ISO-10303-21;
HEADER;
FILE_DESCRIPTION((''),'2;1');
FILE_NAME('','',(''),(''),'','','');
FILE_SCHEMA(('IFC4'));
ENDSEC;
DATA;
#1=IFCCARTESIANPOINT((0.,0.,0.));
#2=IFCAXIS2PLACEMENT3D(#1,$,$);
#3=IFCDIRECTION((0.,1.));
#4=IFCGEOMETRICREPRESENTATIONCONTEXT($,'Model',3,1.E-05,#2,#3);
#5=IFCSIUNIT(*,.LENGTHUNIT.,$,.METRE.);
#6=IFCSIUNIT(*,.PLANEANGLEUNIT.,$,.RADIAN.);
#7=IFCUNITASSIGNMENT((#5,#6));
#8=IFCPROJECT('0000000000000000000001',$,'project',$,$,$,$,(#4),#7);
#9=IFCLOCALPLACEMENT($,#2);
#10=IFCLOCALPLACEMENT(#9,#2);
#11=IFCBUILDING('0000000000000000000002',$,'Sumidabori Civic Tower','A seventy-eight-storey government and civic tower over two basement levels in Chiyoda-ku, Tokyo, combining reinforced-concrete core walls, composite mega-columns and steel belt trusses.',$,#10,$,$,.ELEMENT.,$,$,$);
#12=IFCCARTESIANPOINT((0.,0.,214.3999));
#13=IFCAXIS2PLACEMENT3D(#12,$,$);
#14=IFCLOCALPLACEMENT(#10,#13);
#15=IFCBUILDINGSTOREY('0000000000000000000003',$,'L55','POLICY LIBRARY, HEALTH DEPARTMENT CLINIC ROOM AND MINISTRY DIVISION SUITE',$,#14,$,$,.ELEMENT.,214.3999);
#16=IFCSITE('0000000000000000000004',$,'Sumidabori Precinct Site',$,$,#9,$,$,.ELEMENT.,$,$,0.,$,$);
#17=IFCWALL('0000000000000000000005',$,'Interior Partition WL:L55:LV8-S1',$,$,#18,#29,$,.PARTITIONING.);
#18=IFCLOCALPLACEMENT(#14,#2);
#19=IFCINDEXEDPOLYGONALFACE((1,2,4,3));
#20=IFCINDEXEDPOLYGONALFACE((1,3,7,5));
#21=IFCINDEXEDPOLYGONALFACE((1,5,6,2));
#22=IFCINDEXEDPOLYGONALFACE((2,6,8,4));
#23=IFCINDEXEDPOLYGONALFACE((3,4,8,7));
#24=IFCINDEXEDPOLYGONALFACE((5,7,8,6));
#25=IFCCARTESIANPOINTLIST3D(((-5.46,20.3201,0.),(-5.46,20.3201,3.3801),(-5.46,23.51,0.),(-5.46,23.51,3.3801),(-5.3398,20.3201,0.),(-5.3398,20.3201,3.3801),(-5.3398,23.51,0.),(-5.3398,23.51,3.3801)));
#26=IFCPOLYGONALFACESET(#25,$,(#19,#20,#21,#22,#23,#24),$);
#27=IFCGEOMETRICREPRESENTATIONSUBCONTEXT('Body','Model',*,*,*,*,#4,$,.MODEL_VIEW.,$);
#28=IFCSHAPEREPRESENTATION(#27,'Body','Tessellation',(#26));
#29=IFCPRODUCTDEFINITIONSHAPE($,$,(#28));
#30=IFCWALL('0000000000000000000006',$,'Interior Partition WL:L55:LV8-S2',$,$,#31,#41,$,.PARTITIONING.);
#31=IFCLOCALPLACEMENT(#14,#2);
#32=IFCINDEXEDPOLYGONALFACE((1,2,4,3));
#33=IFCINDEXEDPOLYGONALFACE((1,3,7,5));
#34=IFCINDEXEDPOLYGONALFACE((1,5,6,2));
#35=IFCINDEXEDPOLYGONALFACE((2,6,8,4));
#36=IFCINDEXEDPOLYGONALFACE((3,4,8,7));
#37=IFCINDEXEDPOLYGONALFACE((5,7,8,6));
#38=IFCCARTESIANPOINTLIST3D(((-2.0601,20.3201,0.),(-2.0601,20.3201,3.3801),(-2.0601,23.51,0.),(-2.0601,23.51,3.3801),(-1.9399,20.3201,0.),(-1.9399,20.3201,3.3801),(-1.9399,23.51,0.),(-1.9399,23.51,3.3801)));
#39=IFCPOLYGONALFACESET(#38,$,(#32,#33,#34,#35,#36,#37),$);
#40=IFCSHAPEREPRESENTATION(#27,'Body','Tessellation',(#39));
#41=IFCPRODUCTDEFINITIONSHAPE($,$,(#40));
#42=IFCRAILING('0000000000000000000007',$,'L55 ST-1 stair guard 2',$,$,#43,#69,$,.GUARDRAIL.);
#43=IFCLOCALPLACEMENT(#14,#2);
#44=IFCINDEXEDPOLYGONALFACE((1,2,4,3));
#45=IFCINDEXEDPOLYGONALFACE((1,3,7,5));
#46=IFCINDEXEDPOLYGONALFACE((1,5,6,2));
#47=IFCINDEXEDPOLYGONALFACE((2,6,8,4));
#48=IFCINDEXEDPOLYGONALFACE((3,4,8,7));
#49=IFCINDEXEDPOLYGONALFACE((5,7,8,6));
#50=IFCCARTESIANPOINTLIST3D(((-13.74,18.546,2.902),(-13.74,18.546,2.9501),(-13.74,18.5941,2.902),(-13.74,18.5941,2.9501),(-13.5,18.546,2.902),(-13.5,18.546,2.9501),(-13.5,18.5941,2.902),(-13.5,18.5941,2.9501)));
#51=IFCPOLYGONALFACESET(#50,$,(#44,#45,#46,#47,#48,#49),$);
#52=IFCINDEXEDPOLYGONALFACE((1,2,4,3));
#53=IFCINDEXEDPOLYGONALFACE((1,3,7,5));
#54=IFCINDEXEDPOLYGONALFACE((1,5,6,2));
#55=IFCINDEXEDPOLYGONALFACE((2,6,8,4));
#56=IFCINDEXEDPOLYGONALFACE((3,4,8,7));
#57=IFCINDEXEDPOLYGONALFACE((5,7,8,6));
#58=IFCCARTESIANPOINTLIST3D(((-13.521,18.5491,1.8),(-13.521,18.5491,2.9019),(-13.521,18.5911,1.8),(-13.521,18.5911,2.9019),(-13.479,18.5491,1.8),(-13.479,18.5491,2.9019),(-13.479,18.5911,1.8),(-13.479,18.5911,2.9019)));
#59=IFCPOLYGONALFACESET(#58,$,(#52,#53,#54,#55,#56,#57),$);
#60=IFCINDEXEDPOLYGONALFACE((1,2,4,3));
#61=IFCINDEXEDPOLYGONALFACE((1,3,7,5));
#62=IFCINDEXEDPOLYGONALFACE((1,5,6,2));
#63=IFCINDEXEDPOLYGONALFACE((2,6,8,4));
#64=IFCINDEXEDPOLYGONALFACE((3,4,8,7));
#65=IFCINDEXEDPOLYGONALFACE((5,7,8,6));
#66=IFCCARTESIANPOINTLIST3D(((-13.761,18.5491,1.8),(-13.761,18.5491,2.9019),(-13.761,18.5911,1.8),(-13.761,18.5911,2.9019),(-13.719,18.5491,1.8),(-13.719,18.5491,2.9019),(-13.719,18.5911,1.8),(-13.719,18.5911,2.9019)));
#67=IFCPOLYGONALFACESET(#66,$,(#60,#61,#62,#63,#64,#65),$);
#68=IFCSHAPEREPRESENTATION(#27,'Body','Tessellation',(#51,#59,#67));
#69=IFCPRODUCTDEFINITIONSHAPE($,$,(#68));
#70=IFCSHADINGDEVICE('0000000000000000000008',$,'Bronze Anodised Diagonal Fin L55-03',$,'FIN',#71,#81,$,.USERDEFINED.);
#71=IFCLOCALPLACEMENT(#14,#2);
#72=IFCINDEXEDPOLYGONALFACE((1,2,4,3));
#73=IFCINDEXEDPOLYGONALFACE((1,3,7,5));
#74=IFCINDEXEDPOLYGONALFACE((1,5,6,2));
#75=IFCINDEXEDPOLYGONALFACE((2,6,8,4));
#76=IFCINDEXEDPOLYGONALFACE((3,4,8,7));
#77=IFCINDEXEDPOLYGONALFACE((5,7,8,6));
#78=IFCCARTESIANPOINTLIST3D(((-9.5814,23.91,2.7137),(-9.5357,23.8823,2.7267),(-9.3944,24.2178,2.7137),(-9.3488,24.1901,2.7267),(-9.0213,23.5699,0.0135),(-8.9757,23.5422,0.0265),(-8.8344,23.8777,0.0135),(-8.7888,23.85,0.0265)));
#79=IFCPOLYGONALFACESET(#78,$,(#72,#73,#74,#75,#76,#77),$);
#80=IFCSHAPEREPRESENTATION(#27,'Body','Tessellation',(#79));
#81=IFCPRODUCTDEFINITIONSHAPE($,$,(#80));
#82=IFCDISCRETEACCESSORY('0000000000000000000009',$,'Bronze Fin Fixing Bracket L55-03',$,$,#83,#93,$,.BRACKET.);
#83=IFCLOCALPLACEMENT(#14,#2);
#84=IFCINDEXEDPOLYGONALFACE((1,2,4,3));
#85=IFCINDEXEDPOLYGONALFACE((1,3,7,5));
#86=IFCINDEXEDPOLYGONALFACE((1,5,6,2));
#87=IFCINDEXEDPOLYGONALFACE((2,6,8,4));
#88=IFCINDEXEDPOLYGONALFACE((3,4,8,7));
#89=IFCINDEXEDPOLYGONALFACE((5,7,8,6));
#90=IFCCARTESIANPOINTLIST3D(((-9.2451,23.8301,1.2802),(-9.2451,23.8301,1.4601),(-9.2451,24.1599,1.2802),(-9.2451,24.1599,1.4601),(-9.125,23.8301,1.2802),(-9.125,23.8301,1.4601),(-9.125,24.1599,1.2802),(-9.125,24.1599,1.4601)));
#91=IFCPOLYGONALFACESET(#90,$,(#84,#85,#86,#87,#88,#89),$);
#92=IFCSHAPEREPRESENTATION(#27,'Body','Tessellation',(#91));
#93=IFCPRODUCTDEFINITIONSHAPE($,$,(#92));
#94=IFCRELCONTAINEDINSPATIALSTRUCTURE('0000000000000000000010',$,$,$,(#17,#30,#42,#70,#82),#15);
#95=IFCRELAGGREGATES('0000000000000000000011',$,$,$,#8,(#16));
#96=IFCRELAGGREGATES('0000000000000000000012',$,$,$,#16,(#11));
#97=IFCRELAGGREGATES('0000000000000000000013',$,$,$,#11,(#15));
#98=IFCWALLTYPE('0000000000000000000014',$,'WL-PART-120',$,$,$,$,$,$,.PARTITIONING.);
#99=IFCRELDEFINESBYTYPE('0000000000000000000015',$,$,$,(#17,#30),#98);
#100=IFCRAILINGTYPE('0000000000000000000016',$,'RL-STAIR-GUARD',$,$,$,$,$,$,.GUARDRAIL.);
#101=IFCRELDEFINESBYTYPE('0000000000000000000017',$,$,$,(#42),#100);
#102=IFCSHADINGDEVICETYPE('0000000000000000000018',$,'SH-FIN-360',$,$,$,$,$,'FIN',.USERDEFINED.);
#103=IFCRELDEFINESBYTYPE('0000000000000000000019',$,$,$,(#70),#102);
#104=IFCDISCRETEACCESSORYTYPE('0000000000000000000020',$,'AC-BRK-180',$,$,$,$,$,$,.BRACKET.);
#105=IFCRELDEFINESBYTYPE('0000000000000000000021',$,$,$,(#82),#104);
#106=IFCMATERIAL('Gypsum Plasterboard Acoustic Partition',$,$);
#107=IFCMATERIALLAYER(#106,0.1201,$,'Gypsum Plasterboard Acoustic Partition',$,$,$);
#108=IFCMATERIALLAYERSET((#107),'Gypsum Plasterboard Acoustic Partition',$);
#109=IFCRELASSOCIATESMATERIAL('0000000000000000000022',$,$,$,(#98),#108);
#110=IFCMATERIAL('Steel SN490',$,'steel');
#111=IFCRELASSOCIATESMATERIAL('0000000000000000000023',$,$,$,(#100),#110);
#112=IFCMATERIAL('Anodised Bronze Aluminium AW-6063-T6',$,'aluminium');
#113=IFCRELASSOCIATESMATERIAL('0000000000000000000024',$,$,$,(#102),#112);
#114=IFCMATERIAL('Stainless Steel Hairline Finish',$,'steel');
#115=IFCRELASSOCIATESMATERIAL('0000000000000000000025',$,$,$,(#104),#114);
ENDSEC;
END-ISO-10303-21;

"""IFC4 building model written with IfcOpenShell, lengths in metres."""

from ifc_helpers import new_model, si_unit, direction, frame, frame_2d, origin, origin_2d, place, context, subcontext, project, spatial, rectangle, extrude, source, transform, mapped, material, layer, layer_set, material_profile, profile_set, type_object, element, save


model = new_model("IFC4")

# Units and contexts
model_context = context("Model", 3, precision=1e-05, world=origin(), true_north=direction((0.0, 1.0)))
body_context = subcontext(model_context, "Body", "Model", "MODEL_VIEW")
ifc_project = project(units=[si_unit("LENGTHUNIT", "METRE"), si_unit("PLANEANGLEUNIT", "RADIAN")], contexts=[model_context])

# Site, building, storey
site_placement = place(None, origin())
site = spatial("IfcSite", under=ifc_project, at=site_placement, Name="Sumidabori Precinct Site", CompositionType="ELEMENT", RefElevation=0.0)
building_placement = place(site_placement, origin())
building = spatial("IfcBuilding", under=site, at=building_placement, Name="Sumidabori Civic Tower", Description="A seventy-eight-storey government and civic tower over two basement levels in Chiyoda-ku, Tokyo, combining reinforced-concrete core walls, composite mega-columns and steel belt trusses.", CompositionType="ELEMENT")
storey_placement = place(building_placement, frame((0.0, 0.0, 214.3999)))
storey = spatial("IfcBuildingStorey", under=building, at=storey_placement, Name="L55", Description="POLICY LIBRARY, HEALTH DEPARTMENT CLINIC ROOM AND MINISTRY DIVISION SUITE", CompositionType="ELEMENT", Elevation=214.3999)

# Shared definitions
ifc_material_1 = material(Name="Anodised Bronze Aluminium AW-6063-T6", Category="aluminium")

# Shared definitions
ifc_material_2 = material(Name="Gypsum Plasterboard Acoustic Partition")

# Walls
ifc_layer_1 = layer(ifc_material_2, 0.1201, Name="Gypsum Plasterboard Acoustic Partition")
ifc_layer_set_1 = layer_set([ifc_layer_1], Name="Gypsum Plasterboard Acoustic Partition")
wall_type_1 = type_object("IfcWallType", Name="WL-PART-120", PredefinedType="PARTITIONING", material=ifc_layer_set_1)
shared_shape_1 = source(origin(), body_context, "Body", "SweptSolid", [
    extrude(rectangle(XDim=3.1899, YDim=0.1201, at=frame_2d((1.595, 0.0))), origin(), (0.0, 0.0, 1.0), 3.3801),
])
for number, where, z_axis, x_axis, name in (
    (1, (-5.3999, 20.3201, 0.0), (0.0, 0.0, 1.0), (0.0, 1.0, 0.0), "Interior Partition WL:L55:LV8-S1"),
    (2, (-2.0, 20.3201, 0.0), (0.0, 0.0, 1.0), (0.0, 1.0, 0.0), "Interior Partition WL:L55:LV8-S2"),
):
    element("IfcWall", number, at=place(storey_placement, frame(where, z_axis=z_axis, x_axis=x_axis)), inside=storey, type_object=wall_type_1, Name=name, PredefinedType="PARTITIONING", context=body_context, shape_type="MappedRepresentation", body=[
        mapped(shared_shape_1, transform((0.0, 0.0, 0.0), x_axis=(1.0, 0.0, 0.0), y_axis=(0.0, 1.0, 0.0), z_axis=(0.0, 0.0, 1.0), scale=1.0)),
    ])

# Railing
ifc_material_3 = material(Name="Steel SN490", Category="steel")
railing_type = type_object("IfcRailingType", Name="RL-STAIR-GUARD", PredefinedType="GUARDRAIL", material=ifc_material_3)
railing_placement = place(storey_placement, frame((-13.5, 18.5701, 1.8)))
element("IfcRailing", 3, at=railing_placement, inside=storey, type_object=railing_type, Name="L55 ST-1 stair guard 2", PredefinedType="GUARDRAIL", context=body_context, shape_type="SweptSolid", body=[
    extrude(rectangle(XDim=0.0481, YDim=0.0481, at=origin_2d()), frame((0.0, 0.0, 1.126), z_axis=(-1.0, 0.0, 0.0), x_axis=(0.0, -1.0, 0.0)), (0.0, 0.0, 1.0), 0.24),
    extrude(rectangle(XDim=0.042, YDim=0.042, at=origin_2d()), origin(), (0.0, 0.0, 1.0), 1.1018),
    extrude(rectangle(XDim=0.042, YDim=0.042, at=origin_2d()), frame((-0.24, 0.0, 0.0)), (0.0, 0.0, 1.0), 1.1018),
])

# Shading device
ifc_material_profile_1 = material_profile(ifc_material_1, rectangle(XDim=0.0549, YDim=0.3601, at=origin_2d()), Name="BRONZE FIN 360x55")
ifc_profile_set_1 = profile_set([ifc_material_profile_1], Name="Anodised Bronze Aluminium AW-6063-T6")
shading_device_type = type_object("IfcShadingDeviceType", Name="SH-FIN-360", ElementType="FIN", PredefinedType="USERDEFINED", material=ifc_profile_set_1)
shared_shape_2 = source(origin(), body_context, "Body", "SweptSolid", [
    extrude(rectangle(XDim=0.0549, YDim=0.3601, at=origin_2d()), origin(), (0.0, 0.0, 1.0), 2.7786),
])
shading_device_placement = place(storey_placement, frame((-8.905, 23.71, 0.02), z_axis=(-0.201565, 0.122397, 0.971798), x_axis=(0.830646, -0.504398, 0.235816)))
element("IfcShadingDevice", 4, at=shading_device_placement, inside=storey, type_object=shading_device_type, Name="Bronze Anodised Diagonal Fin L55-03", ObjectType="FIN", PredefinedType="USERDEFINED", context=body_context, shape_type="MappedRepresentation", body=[
    mapped(shared_shape_2, transform((0.0, 0.0, 0.0), x_axis=(1.0, 0.0, 0.0), y_axis=(0.0, 1.0, 0.0), z_axis=(0.0, 0.0, 1.0), scale=1.0)),
])

# Discrete accessory
ifc_material_4 = material(Name="Stainless Steel Hairline Finish", Category="steel")
ifc_material_profile_2 = material_profile(ifc_material_4, rectangle(XDim=0.1201, YDim=0.1799, at=origin_2d()), Name="STEEL BRACKET 180x120")
ifc_profile_set_2 = profile_set([ifc_material_profile_2], Name="Stainless Steel Hairline Finish")
discrete_accessory_type = type_object("IfcDiscreteAccessoryType", Name="AC-BRK-180", PredefinedType="BRACKET", material=ifc_profile_set_2)
shared_shape_3 = source(origin(), body_context, "Body", "SweptSolid", [
    extrude(rectangle(XDim=0.1201, YDim=0.1799, at=origin_2d()), origin(), (0.0, 0.0, 1.0), 0.3298),
])
discrete_accessory_placement = place(storey_placement, frame((-9.1851, 23.8301, 1.3701), z_axis=(0.0, 1.0, 0.0), x_axis=(-1.0, 0.0, 0.0)))
element("IfcDiscreteAccessory", 5, at=discrete_accessory_placement, inside=storey, type_object=discrete_accessory_type, Name="Bronze Fin Fixing Bracket L55-03", PredefinedType="BRACKET", context=body_context, shape_type="MappedRepresentation", body=[
    mapped(shared_shape_3, transform((0.0, 0.0, 0.0), x_axis=(1.0, 0.0, 0.0), y_axis=(0.0, 1.0, 0.0), z_axis=(0.0, 0.0, 1.0), scale=1.0)),
])

save(model, "model.ifc")
